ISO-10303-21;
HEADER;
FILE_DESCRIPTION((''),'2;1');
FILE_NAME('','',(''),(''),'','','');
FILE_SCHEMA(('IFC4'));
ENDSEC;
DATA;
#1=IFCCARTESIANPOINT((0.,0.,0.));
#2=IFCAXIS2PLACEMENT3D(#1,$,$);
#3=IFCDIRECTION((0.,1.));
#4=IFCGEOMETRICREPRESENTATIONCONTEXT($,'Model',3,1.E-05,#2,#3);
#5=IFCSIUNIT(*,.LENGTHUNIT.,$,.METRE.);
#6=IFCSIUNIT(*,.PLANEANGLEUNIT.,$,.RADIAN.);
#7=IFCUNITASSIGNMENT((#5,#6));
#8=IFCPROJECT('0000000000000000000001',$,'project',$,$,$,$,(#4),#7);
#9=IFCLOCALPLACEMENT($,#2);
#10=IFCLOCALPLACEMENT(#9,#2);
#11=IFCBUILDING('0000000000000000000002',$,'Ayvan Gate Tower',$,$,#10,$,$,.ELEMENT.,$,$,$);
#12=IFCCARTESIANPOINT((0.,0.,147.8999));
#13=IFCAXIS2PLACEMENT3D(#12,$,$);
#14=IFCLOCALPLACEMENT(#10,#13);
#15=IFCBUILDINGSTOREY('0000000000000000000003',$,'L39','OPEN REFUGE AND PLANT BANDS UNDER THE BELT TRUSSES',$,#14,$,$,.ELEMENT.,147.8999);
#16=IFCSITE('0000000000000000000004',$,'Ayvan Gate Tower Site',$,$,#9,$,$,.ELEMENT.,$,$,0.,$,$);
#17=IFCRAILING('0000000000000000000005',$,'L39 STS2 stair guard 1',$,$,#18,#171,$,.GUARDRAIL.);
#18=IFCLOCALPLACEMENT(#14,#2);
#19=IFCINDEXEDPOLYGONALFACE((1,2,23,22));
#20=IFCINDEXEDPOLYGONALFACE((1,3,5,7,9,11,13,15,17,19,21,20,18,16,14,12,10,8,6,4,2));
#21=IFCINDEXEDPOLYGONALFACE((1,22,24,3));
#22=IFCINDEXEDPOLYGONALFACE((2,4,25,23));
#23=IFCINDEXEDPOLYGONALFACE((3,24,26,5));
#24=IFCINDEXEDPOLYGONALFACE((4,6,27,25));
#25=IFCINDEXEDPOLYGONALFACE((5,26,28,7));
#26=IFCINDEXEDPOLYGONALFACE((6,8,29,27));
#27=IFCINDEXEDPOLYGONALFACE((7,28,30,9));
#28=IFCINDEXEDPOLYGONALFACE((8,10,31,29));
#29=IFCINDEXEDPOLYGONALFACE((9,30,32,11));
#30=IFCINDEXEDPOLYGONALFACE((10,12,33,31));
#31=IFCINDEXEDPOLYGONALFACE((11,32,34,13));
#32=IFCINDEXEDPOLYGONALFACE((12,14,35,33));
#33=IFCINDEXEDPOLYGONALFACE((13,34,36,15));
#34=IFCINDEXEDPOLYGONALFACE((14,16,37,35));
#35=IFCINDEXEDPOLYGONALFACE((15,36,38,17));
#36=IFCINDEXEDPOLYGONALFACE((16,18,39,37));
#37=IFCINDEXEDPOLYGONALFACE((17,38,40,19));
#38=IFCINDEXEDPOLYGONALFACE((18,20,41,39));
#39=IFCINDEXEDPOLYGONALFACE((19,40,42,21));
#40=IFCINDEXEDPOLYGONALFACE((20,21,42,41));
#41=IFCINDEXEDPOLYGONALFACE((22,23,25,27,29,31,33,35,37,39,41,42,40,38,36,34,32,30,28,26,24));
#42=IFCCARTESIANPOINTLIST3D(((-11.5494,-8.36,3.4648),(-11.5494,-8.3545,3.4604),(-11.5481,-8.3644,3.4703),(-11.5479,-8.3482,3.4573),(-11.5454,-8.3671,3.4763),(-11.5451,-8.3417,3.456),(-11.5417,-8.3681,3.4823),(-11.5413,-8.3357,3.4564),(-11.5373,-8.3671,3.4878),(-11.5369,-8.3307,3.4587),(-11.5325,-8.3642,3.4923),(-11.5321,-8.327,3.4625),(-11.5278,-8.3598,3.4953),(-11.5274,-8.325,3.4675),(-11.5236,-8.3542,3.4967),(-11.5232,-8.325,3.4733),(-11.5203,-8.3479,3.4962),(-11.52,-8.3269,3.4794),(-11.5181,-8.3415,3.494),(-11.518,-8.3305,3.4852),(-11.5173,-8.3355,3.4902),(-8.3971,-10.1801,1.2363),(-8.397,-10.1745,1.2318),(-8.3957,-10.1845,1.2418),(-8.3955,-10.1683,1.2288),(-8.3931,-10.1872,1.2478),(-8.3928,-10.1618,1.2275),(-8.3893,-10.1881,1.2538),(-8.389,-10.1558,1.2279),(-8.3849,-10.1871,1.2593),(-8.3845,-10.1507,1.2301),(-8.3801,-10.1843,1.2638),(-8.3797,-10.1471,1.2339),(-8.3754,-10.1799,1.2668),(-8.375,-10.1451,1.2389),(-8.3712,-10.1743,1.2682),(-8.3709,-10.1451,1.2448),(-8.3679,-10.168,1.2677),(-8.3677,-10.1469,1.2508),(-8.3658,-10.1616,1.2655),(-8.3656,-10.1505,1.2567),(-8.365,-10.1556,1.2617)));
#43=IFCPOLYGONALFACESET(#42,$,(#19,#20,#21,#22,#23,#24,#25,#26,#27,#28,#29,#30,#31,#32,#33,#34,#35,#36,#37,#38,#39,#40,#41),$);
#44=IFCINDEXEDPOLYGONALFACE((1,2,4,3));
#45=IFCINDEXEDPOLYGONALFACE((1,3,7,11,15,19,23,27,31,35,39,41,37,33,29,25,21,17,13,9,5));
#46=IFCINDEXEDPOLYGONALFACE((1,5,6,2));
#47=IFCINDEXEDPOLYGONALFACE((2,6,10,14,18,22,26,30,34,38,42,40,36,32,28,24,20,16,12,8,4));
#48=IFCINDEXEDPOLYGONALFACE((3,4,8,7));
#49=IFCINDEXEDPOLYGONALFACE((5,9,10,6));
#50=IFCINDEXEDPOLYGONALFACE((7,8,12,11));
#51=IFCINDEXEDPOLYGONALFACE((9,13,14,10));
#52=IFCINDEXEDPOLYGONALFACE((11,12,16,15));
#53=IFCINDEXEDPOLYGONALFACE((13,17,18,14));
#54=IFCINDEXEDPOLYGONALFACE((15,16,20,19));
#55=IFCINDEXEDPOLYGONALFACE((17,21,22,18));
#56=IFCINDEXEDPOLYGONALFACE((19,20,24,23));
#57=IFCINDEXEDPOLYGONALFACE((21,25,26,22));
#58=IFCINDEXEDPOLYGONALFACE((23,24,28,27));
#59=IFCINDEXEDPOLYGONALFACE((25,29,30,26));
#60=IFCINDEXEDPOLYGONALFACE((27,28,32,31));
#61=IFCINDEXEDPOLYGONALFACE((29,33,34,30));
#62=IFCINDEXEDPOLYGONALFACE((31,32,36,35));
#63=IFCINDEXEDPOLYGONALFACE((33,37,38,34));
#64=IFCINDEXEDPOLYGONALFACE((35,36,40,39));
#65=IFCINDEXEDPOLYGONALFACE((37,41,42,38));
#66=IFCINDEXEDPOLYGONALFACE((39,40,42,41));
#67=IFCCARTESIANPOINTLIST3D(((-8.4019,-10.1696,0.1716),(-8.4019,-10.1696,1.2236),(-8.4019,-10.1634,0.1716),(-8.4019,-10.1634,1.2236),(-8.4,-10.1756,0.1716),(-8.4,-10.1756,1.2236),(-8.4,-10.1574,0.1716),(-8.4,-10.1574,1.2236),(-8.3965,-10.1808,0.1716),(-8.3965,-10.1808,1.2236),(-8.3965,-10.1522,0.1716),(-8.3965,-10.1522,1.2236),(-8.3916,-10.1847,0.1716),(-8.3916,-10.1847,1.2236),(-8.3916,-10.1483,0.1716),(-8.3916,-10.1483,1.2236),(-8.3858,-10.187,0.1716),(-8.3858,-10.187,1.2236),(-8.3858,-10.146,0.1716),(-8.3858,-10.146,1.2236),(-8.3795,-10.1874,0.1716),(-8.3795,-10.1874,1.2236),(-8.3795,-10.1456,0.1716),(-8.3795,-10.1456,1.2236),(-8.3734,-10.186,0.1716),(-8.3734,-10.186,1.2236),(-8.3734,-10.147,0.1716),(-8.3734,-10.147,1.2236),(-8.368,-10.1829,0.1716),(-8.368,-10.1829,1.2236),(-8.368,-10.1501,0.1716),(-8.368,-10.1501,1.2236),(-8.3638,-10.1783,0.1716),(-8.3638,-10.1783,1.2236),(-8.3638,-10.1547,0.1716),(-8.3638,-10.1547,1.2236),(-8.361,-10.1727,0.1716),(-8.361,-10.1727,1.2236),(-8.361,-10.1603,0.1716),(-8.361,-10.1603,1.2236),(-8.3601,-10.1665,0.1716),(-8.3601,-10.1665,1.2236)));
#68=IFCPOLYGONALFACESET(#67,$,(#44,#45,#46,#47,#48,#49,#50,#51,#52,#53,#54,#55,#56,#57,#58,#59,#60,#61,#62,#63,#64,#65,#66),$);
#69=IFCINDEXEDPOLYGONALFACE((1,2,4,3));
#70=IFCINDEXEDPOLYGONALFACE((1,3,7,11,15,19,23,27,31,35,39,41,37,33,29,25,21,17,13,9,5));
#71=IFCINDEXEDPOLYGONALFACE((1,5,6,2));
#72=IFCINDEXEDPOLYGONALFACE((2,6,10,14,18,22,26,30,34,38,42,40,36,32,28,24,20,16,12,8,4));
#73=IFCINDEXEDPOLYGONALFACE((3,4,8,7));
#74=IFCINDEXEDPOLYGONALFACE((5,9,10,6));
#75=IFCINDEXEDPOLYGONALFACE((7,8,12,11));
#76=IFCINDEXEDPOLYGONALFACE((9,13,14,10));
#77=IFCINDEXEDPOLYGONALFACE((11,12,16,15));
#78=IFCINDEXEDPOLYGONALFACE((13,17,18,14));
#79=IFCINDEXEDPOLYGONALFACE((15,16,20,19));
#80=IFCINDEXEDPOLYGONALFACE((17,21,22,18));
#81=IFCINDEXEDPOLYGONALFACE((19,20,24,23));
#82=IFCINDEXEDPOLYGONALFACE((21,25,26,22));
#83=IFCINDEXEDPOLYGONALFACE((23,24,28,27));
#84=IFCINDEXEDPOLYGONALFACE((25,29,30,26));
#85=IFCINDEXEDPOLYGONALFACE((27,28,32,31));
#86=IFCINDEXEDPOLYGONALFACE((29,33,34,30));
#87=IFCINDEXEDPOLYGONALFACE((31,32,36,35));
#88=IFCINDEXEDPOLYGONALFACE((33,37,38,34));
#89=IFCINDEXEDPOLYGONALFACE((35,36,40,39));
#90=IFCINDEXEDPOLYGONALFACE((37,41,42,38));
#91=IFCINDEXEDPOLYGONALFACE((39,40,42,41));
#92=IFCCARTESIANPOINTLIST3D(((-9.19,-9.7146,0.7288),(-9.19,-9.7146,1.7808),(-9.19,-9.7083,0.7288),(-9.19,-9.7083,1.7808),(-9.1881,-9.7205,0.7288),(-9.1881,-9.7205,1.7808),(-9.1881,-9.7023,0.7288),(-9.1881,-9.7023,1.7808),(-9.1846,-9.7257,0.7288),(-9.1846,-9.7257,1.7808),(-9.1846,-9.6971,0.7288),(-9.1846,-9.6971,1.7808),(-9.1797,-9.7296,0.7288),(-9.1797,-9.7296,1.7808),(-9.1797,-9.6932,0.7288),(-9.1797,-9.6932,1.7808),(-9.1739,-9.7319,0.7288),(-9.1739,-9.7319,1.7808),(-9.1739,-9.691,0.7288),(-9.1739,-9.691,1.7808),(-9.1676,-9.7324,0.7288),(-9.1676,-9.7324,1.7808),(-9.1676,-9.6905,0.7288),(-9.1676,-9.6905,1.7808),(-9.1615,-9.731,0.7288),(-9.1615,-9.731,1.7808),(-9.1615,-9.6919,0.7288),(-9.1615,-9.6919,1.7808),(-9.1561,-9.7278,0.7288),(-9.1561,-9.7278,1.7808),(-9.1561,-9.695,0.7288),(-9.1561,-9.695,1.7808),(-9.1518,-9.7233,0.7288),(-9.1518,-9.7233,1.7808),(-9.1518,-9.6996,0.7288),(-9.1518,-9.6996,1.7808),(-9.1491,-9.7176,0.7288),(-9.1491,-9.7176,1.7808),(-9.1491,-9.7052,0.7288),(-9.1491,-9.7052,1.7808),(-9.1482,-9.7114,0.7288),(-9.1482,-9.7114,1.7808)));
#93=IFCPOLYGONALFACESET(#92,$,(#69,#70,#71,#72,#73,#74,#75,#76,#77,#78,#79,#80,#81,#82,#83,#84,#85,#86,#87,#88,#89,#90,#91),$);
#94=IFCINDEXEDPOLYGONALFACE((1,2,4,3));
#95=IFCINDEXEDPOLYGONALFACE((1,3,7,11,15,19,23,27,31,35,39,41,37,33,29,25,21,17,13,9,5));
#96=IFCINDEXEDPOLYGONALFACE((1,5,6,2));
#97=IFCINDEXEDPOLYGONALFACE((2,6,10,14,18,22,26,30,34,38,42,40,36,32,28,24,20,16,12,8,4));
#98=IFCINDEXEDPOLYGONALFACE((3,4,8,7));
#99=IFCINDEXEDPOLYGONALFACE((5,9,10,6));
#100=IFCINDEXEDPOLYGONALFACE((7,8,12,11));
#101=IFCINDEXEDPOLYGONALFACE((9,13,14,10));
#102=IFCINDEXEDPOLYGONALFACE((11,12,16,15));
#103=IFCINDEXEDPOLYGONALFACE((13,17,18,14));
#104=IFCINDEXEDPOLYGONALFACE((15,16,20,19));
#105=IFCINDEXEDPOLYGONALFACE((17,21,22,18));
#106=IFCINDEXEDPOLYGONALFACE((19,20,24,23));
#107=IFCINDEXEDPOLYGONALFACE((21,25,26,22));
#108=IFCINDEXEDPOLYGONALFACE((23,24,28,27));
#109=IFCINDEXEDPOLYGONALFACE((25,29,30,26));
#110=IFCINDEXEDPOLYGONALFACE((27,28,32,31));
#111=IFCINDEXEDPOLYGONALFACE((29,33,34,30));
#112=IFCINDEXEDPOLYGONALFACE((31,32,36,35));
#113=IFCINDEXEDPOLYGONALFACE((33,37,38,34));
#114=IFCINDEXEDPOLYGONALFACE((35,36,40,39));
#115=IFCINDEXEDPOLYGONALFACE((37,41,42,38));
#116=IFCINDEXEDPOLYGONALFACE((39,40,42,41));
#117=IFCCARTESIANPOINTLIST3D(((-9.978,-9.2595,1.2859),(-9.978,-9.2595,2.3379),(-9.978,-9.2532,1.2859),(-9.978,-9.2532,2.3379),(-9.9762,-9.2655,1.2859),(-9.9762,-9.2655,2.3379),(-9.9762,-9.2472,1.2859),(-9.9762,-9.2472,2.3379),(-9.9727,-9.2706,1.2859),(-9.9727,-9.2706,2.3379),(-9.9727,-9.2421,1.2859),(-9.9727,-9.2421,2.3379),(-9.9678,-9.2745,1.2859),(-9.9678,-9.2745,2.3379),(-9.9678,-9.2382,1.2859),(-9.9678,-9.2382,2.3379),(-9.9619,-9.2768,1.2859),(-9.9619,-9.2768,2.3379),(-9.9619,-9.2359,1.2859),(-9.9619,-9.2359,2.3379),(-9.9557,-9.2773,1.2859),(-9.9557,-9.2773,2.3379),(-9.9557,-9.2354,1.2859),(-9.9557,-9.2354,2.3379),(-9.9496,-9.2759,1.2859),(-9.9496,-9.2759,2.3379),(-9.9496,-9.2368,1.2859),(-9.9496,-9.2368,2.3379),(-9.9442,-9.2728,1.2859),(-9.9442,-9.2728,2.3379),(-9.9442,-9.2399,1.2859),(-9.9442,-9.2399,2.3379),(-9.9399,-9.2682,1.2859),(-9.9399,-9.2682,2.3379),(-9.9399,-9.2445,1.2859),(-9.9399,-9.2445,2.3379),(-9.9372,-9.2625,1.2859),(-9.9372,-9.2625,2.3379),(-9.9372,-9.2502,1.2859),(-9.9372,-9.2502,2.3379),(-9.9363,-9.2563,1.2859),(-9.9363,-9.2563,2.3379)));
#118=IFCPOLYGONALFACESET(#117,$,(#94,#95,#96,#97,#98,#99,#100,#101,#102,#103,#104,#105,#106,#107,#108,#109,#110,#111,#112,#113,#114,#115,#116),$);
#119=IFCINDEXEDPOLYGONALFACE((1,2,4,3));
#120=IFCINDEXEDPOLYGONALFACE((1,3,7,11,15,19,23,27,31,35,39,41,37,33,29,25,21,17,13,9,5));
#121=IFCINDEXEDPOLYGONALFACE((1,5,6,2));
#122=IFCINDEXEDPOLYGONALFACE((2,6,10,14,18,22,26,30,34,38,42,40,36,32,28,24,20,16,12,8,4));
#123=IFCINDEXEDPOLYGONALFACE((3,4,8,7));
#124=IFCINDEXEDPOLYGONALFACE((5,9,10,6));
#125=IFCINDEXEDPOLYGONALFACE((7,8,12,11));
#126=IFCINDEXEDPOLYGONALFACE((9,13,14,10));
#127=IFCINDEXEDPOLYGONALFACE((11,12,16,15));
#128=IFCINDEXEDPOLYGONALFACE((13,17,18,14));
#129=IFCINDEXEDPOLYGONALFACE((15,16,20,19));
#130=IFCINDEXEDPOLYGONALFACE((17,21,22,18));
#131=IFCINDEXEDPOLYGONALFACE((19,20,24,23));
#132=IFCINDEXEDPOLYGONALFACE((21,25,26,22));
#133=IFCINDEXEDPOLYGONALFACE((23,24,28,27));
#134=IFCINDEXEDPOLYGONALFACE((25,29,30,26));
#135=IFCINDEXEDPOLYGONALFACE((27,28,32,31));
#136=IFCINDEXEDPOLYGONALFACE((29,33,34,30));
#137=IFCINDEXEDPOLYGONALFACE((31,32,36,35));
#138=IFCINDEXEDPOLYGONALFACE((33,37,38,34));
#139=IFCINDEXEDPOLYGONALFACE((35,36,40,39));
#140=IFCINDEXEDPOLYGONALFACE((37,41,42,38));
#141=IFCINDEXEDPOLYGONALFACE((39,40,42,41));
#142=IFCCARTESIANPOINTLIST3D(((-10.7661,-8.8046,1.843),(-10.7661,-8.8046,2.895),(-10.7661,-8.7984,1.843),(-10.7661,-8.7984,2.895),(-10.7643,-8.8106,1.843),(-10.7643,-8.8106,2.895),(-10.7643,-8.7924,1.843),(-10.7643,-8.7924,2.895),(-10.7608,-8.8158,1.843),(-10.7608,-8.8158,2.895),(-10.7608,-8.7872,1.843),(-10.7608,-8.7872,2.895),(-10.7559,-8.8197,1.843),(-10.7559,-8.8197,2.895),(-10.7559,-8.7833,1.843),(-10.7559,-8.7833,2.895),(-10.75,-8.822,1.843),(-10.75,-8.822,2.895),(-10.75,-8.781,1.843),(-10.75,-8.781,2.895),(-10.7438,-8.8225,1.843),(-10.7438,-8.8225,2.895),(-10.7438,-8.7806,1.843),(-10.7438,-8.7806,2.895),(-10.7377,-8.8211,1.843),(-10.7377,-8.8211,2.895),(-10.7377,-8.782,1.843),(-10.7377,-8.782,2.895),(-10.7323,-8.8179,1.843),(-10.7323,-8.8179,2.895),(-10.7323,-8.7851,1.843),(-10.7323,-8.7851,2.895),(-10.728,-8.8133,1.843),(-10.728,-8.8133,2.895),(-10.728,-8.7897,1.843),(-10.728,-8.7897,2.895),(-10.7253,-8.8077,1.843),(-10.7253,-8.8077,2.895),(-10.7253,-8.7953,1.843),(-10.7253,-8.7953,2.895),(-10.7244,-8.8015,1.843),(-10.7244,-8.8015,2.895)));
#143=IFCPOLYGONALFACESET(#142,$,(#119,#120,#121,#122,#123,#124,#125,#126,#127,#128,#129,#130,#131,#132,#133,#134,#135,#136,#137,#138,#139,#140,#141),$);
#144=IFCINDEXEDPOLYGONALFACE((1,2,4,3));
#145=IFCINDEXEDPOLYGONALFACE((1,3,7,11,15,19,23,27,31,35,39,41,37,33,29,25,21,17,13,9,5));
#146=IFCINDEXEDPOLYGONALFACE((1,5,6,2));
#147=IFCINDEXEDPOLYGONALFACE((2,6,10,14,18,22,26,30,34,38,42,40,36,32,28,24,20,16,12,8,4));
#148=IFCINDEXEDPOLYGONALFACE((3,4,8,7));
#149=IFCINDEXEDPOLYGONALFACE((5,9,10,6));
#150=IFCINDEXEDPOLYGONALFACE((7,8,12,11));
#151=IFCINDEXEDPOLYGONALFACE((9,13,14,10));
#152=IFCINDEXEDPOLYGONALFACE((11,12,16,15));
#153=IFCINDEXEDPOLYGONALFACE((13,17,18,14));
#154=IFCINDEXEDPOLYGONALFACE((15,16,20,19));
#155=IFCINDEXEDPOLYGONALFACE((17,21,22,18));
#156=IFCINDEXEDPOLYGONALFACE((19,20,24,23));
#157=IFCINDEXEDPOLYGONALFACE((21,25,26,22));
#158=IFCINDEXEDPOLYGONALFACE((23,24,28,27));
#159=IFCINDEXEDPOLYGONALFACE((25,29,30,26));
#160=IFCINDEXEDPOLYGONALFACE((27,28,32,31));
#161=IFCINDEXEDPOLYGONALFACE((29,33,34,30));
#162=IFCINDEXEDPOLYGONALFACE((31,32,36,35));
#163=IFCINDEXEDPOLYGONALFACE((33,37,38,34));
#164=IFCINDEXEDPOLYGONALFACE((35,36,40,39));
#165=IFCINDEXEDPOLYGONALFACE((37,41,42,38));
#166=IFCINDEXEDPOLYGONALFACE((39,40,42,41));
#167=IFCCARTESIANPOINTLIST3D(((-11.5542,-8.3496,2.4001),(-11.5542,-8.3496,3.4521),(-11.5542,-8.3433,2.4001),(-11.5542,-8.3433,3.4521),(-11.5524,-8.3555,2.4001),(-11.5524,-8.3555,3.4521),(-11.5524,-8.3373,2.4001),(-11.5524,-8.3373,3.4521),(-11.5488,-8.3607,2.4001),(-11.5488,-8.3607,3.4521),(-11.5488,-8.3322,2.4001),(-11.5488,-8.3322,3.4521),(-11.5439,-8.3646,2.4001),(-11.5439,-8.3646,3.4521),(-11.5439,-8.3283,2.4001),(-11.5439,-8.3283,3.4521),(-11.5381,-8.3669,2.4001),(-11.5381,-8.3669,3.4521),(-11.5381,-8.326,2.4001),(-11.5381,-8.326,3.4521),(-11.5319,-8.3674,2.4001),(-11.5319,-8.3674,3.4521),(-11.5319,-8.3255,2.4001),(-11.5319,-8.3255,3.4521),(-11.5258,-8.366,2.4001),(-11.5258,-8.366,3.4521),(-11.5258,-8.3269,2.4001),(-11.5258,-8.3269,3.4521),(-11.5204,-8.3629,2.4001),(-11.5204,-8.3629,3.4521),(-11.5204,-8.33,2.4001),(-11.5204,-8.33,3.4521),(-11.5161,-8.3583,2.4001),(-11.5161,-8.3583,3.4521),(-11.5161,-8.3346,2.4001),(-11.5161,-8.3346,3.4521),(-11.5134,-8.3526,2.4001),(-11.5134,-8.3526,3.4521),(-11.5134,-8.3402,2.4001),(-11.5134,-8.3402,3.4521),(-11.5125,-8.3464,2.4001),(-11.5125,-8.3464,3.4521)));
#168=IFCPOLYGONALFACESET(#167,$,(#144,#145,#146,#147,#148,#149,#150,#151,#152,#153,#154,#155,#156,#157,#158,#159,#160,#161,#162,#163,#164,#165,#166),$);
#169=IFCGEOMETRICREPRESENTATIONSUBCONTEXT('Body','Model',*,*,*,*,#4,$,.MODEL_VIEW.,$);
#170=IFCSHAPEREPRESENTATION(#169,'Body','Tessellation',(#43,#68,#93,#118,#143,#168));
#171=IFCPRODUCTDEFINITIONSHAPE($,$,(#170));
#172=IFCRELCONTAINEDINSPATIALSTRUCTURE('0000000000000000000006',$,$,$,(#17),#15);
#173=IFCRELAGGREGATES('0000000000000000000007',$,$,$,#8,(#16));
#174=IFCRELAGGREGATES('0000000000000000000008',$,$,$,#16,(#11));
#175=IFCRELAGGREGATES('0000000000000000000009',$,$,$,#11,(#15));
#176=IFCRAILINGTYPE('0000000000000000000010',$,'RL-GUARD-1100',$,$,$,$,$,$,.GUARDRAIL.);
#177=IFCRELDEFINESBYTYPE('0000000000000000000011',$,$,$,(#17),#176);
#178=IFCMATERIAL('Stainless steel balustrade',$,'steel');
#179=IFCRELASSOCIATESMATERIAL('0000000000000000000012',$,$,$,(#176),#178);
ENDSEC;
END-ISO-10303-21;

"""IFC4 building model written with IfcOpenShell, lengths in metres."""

from ifc_helpers import new_model, si_unit, direction, frame, origin, origin_2d, place, context, subcontext, project, spatial, circle, extrude, material, type_object, element, save


model = new_model("IFC4")

# Units and contexts
model_context = context("Model", 3, precision=1e-05, world=origin(), true_north=direction((0.0, 1.0)))
body_context = subcontext(model_context, "Body", "Model", "MODEL_VIEW")
ifc_project = project(units=[si_unit("LENGTHUNIT", "METRE"), si_unit("PLANEANGLEUNIT", "RADIAN")], contexts=[model_context])

# Site, building, storey
site_placement = place(None, origin())
site = spatial("IfcSite", under=ifc_project, at=site_placement, Name="Ayvan Gate Tower Site", CompositionType="ELEMENT", RefElevation=0.0)
building_placement = place(site_placement, origin())
building = spatial("IfcBuilding", under=site, at=building_placement, Name="Ayvan Gate Tower", CompositionType="ELEMENT")
storey_placement = place(building_placement, frame((0.0, 0.0, 147.8999)))
storey = spatial("IfcBuildingStorey", under=building, at=storey_placement, Name="L39", Description="OPEN REFUGE AND PLANT BANDS UNDER THE BELT TRUSSES", CompositionType="ELEMENT", Elevation=147.8999)

# Railing
ifc_material_1 = material(Name="Stainless steel balustrade", Category="steel")
railing_type_1 = type_object("IfcRailingType", Name="RL-GUARD-1100", PredefinedType="GUARDRAIL", material=ifc_material_1)
railing_1_placement = place(storey_placement, frame((-8.3811, -10.1665, 0.1716)))
element("IfcRailing", 1, at=railing_1_placement, inside=storey, type_object=railing_type_1, Name="L39 STS2 stair guard 1", PredefinedType="GUARDRAIL", context=body_context, shape_type="SweptSolid", body=[
    extrude(circle(Radius=0.0239, at=origin_2d()), frame((0.0, 0.0, 1.0762), z_axis=(-0.738592, 0.426441, 0.52214), x_axis=(-0.500013, -0.866018, 0.0)), (0.0, 0.0, 1.0), 4.2681),
    extrude(circle(Radius=0.021, at=origin_2d()), origin(), (0.0, 0.0, 1.0), 1.052),
    extrude(circle(Radius=0.021, at=origin_2d()), frame((-0.7881, 0.4551, 0.5571)), (0.0, 0.0, 1.0), 1.052),
    extrude(circle(Radius=0.021, at=origin_2d()), frame((-1.5762, 0.9102, 1.1143)), (0.0, 0.0, 1.0), 1.052),
    extrude(circle(Radius=0.021, at=origin_2d()), frame((-2.3643, 1.365, 1.6714)), (0.0, 0.0, 1.0), 1.052),
    extrude(circle(Radius=0.021, at=origin_2d()), frame((-3.1523, 1.8201, 2.2285)), (0.0, 0.0, 1.0), 1.052),
])

save(model, "model.ifc")
